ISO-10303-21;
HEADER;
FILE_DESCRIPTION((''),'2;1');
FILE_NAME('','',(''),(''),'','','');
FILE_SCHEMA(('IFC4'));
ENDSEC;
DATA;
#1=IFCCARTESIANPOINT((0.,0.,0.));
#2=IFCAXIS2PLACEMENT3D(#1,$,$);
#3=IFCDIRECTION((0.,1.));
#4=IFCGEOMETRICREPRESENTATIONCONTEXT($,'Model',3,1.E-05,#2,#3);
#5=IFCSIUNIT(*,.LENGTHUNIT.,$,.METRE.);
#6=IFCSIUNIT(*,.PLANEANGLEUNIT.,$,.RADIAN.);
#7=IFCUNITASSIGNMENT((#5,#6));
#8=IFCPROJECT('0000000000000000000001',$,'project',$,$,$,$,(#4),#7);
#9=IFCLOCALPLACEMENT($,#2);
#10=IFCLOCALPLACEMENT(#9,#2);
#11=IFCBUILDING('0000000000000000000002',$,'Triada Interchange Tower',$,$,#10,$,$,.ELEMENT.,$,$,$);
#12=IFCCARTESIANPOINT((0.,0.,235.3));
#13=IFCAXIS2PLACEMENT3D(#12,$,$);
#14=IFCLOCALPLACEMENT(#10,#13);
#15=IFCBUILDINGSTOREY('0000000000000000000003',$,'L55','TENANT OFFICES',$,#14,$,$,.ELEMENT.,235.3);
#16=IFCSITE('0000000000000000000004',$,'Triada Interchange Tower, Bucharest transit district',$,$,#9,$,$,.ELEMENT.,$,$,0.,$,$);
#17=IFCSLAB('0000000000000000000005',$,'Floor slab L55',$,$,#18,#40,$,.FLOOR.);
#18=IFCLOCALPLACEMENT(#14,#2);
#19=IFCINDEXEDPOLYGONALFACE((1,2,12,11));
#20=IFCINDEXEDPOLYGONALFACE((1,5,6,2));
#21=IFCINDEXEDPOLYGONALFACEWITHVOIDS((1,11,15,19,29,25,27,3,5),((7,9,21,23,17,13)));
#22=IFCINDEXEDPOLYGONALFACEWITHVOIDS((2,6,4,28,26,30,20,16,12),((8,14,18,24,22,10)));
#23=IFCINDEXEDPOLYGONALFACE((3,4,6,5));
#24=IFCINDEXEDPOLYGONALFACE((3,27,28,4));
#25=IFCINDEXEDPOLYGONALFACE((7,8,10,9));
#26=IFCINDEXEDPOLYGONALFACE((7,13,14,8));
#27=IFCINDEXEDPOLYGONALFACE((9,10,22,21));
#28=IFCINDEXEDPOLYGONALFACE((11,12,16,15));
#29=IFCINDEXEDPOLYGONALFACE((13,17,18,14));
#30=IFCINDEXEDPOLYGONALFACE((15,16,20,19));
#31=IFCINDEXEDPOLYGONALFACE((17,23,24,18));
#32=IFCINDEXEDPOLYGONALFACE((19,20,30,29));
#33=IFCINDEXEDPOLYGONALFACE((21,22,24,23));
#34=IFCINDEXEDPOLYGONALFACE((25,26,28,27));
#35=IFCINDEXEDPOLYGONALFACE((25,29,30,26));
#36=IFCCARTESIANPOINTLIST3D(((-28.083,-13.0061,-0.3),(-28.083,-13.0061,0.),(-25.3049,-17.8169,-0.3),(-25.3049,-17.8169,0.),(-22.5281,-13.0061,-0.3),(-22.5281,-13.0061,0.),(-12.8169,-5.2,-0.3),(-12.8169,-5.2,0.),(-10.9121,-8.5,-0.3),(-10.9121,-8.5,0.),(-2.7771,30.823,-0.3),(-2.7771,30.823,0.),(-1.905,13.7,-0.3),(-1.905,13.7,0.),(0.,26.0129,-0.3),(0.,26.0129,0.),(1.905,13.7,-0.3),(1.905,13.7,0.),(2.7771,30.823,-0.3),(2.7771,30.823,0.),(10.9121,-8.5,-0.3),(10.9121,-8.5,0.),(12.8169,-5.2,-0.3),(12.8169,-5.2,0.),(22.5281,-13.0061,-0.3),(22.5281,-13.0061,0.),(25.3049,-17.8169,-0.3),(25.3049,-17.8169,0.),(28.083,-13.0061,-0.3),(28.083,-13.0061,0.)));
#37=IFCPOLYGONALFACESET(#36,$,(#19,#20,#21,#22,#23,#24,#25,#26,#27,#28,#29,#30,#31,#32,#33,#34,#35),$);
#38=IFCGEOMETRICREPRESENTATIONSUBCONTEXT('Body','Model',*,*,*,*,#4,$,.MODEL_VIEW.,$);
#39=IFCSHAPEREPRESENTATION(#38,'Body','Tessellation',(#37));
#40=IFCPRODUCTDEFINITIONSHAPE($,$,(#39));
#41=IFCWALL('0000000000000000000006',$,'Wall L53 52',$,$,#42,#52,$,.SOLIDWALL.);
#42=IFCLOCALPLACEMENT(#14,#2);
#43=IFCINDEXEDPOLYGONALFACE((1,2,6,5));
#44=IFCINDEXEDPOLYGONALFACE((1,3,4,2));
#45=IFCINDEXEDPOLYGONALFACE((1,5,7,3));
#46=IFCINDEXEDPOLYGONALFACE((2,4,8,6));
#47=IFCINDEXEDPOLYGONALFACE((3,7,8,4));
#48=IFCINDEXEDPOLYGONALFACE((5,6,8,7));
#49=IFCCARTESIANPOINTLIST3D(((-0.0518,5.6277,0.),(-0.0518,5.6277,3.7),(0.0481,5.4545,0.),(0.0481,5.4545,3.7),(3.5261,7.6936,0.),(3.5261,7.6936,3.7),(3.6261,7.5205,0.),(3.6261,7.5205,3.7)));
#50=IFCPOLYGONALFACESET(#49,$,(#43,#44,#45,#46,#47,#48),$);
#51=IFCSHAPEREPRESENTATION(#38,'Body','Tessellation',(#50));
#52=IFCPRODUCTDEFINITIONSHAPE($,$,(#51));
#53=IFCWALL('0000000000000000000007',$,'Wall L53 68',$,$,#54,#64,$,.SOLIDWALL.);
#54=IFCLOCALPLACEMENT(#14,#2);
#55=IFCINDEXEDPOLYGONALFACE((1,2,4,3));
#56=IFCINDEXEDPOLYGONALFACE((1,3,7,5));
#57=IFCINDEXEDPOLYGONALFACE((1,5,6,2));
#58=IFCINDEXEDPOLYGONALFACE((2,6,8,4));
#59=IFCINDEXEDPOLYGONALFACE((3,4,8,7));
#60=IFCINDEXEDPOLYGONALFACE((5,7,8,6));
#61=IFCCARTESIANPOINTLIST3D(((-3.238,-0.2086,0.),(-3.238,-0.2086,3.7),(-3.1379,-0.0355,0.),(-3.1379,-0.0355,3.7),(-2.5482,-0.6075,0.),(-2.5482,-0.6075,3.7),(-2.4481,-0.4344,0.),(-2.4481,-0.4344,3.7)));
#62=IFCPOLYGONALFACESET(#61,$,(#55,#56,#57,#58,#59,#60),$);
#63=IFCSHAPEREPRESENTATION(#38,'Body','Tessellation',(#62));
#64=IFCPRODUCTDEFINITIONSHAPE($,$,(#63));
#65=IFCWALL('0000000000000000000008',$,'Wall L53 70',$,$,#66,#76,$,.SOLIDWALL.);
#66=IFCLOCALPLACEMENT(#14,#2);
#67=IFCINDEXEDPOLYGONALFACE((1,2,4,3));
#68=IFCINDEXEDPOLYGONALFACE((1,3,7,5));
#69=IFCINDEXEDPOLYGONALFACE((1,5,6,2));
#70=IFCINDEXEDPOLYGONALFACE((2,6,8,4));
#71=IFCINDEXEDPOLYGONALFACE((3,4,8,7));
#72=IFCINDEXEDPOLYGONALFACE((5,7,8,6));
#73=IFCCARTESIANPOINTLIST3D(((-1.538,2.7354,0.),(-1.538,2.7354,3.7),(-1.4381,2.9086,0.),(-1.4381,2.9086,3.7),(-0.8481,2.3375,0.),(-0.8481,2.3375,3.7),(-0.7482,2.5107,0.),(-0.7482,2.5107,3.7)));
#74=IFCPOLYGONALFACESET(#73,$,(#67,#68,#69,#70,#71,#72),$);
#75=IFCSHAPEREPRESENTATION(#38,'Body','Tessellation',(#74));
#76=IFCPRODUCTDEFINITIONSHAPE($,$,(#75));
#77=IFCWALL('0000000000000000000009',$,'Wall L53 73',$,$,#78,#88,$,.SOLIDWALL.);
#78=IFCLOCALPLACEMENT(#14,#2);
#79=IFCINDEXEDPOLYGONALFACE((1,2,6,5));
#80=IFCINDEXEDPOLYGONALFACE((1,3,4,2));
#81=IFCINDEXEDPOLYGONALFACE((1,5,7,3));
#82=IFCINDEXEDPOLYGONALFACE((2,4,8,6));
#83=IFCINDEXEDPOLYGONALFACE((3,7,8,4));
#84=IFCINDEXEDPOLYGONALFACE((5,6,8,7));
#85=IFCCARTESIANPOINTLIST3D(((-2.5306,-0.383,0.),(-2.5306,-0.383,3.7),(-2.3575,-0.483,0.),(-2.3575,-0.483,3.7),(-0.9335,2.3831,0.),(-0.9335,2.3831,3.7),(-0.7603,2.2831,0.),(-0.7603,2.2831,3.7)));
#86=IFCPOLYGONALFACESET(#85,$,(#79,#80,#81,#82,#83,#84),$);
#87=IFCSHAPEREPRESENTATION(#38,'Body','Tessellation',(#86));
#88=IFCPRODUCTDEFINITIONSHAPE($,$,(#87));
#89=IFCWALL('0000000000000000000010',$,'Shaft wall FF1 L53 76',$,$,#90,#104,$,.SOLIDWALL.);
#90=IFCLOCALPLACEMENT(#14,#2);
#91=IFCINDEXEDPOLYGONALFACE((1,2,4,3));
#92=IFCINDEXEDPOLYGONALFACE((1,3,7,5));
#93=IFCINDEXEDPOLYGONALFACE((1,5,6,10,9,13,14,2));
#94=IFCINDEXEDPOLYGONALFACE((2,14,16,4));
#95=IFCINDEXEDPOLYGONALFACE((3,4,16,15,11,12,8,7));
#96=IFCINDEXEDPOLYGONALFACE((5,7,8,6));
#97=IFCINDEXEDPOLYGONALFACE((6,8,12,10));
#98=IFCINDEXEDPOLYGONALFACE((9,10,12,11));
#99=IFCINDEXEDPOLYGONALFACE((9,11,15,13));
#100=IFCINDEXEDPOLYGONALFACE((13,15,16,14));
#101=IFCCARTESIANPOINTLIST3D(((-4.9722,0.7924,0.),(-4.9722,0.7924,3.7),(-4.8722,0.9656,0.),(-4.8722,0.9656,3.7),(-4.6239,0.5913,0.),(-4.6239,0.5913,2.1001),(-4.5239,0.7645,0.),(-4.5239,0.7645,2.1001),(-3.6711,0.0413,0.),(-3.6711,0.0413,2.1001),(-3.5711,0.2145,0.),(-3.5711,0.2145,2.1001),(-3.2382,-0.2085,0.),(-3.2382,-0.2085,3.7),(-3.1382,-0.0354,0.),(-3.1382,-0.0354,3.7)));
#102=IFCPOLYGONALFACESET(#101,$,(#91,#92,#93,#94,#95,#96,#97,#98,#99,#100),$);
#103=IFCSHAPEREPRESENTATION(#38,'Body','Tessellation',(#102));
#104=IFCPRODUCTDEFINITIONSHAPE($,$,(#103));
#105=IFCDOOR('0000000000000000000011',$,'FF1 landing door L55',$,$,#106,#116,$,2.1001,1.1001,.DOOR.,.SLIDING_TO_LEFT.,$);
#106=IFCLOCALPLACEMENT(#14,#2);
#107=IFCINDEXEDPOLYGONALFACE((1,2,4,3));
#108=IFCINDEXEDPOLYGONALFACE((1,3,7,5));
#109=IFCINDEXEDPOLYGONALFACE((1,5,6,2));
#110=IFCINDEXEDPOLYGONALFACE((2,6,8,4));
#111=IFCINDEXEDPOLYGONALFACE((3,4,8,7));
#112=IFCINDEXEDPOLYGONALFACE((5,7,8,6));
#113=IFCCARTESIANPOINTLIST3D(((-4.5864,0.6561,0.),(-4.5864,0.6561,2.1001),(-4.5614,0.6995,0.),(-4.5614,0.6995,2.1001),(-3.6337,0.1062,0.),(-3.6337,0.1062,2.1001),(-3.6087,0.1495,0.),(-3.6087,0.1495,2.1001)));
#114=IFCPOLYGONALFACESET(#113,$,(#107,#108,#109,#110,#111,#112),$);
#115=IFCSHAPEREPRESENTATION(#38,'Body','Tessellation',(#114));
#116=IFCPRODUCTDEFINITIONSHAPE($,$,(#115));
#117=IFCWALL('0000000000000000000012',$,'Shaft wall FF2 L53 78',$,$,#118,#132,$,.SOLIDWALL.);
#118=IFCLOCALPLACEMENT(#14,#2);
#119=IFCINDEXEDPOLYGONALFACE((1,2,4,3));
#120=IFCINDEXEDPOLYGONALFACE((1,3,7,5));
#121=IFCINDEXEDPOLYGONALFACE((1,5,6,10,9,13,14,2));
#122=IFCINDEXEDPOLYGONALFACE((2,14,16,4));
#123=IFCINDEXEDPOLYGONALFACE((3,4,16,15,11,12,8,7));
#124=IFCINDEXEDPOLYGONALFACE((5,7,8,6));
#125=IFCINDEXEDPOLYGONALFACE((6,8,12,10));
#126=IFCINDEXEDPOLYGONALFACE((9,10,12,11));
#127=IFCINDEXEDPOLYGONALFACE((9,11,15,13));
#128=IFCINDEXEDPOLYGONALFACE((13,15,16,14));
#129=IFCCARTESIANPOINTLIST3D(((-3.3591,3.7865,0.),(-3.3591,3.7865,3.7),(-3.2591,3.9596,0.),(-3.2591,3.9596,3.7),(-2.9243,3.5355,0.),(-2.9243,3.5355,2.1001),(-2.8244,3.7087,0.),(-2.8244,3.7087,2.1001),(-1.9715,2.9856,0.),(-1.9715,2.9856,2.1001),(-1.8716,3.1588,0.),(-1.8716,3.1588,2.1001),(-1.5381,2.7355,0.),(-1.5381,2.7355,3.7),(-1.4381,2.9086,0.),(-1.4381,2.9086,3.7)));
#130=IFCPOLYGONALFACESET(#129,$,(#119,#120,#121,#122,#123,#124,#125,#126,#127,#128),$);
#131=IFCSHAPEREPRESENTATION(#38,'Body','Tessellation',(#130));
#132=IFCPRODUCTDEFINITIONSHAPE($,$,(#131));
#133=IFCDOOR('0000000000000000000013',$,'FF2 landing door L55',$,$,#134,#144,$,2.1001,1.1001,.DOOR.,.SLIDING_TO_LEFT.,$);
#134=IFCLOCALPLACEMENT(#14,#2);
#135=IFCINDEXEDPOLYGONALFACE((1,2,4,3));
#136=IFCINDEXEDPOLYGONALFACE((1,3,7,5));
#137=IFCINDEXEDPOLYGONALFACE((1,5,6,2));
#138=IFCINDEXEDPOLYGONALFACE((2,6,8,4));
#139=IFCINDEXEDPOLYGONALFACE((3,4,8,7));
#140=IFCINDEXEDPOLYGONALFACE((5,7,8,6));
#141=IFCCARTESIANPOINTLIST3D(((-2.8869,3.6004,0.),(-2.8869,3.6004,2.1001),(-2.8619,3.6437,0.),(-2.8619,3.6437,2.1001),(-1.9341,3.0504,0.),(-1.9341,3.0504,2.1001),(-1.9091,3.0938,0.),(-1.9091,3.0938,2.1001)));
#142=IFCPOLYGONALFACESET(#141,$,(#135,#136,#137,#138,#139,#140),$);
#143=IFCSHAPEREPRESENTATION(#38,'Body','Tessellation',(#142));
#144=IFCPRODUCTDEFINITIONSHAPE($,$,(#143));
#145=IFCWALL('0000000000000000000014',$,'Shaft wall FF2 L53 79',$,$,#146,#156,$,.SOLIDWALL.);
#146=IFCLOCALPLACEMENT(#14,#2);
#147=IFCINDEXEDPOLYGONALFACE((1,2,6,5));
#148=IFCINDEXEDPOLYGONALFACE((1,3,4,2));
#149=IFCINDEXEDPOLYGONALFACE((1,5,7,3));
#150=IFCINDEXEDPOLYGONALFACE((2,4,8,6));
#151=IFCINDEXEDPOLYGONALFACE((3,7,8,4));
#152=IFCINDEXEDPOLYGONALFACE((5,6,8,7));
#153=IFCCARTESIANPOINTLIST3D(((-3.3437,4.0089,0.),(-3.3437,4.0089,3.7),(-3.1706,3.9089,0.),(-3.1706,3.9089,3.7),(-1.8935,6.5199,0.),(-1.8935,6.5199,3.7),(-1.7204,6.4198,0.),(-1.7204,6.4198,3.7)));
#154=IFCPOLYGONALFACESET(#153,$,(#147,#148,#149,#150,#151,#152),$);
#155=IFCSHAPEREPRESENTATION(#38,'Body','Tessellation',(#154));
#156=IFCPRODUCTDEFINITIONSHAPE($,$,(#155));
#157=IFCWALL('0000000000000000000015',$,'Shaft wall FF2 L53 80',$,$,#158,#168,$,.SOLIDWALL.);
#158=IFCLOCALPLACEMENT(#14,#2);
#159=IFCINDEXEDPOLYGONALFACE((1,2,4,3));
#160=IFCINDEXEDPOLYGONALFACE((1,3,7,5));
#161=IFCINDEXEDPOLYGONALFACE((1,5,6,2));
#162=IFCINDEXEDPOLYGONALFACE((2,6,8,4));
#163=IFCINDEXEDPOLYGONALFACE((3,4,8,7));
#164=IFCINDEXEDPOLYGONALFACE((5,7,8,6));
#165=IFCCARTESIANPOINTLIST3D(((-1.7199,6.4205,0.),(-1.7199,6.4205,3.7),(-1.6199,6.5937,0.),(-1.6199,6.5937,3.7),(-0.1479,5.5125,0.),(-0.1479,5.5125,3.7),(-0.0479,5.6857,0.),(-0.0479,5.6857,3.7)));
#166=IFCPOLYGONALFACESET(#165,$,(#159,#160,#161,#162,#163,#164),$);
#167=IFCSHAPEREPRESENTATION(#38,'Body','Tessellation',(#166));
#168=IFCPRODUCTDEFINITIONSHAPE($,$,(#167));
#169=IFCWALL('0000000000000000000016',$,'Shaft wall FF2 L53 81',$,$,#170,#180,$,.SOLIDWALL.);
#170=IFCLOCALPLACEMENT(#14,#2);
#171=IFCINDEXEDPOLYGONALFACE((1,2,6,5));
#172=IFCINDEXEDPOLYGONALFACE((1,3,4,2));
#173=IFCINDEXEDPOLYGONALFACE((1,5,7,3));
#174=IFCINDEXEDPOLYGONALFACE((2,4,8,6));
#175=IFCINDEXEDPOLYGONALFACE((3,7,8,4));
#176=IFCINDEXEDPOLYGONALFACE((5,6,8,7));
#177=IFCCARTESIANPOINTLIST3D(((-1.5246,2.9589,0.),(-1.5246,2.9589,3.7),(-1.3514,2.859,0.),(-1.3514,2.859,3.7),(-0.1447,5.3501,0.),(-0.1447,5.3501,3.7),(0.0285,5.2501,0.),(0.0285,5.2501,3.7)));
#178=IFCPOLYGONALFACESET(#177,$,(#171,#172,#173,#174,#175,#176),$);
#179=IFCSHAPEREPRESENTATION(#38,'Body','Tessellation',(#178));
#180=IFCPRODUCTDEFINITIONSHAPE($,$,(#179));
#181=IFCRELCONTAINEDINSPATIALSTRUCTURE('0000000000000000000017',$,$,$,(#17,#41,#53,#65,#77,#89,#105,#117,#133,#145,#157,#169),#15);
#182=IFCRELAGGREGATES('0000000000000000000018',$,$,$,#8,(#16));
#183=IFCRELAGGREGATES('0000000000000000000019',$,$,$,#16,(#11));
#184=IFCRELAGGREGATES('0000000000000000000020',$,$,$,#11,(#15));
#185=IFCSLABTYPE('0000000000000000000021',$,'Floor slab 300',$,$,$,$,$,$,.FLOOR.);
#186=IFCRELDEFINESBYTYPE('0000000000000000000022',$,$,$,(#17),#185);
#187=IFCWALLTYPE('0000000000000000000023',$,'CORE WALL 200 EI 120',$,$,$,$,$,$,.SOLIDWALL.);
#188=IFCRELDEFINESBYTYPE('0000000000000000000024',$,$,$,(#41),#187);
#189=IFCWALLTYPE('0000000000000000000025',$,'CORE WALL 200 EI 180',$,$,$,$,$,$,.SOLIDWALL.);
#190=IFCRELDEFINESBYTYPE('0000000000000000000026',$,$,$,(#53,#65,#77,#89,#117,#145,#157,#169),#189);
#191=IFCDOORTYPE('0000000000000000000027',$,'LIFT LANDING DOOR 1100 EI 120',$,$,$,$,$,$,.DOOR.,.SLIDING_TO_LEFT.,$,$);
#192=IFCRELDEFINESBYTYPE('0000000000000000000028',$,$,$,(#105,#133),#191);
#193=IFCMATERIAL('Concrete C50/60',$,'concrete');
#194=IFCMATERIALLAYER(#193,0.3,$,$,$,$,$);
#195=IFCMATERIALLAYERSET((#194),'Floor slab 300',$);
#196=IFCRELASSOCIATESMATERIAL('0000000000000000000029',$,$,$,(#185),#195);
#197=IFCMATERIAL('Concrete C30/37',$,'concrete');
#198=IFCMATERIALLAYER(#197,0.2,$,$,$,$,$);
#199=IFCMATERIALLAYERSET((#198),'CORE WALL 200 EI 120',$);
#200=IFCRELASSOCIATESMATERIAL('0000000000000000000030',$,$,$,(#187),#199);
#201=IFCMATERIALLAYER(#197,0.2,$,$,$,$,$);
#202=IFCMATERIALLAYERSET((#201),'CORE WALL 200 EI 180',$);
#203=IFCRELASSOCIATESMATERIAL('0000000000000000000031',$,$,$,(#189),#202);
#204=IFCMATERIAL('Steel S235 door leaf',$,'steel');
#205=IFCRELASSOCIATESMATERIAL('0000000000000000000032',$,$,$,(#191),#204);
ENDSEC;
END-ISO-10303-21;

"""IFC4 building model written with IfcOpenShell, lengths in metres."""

from ifc_helpers import new_model, si_unit, direction, frame, frame_2d, origin, place, context, subcontext, project, spatial, polyline, rectangle, outline, extrude, material, layer, layer_set, type_object, element, fill, save


model = new_model("IFC4")

# Units and contexts
model_context = context("Model", 3, precision=1e-05, world=origin(), true_north=direction((0.0, 1.0)))
body_context = subcontext(model_context, "Body", "Model", "MODEL_VIEW")
ifc_project = project(units=[si_unit("LENGTHUNIT", "METRE"), si_unit("PLANEANGLEUNIT", "RADIAN")], contexts=[model_context])

# Site, building, storey
site_placement = place(None, origin())
site = spatial("IfcSite", under=ifc_project, at=site_placement, Name="Triada Interchange Tower, Bucharest transit district", CompositionType="ELEMENT", RefElevation=0.0)
building_placement = place(site_placement, origin())
building = spatial("IfcBuilding", under=site, at=building_placement, Name="Triada Interchange Tower", CompositionType="ELEMENT")
storey_placement = place(building_placement, frame((0.0, 0.0, 235.3)))
storey = spatial("IfcBuildingStorey", under=building, at=storey_placement, Name="L55", Description="TENANT OFFICES", CompositionType="ELEMENT", Elevation=235.3)

# Slab
ifc_material_1 = material(Name="Concrete C50/60", Category="concrete")
ifc_layer_1 = layer(ifc_material_1, 0.3)
ifc_layer_set_1 = layer_set([ifc_layer_1], Name="Floor slab 300")
slab_type = type_object("IfcSlabType", Name="Floor slab 300", PredefinedType="FLOOR", material=ifc_layer_set_1)
slab_placement = place(storey_placement, frame((0.0, 0.0, -0.3)))
element("IfcSlab", 1, at=slab_placement, inside=storey, type_object=slab_type, Name="Floor slab L55", PredefinedType="FLOOR", context=body_context, shape_type="SweptSolid", body=[
    extrude(outline(polyline([(-2.7771, 30.823), (-28.083, -13.0061), (-22.5281, -13.0061), (-25.3049, -17.8169), (25.3049, -17.8169), (22.5281, -13.0061), (28.083, -13.0061), (2.7771, 30.823), (0.0, 26.0129), (-2.7771, 30.823)]), holes=[polyline([(1.905, 13.7), (-1.905, 13.7), (-12.8169, -5.2), (-10.9121, -8.5), (10.9121, -8.5), (12.8169, -5.2), (1.905, 13.7)])]), origin(), (0.0, 0.0, 1.0), 0.3),
])

# Walls
ifc_material_2 = material(Name="Concrete C30/37", Category="concrete")
ifc_layer_2 = layer(ifc_material_2, 0.2)
ifc_layer_set_2 = layer_set([ifc_layer_2], Name="CORE WALL 200 EI 120")
wall_type_1 = type_object("IfcWallType", Name="CORE WALL 200 EI 120", PredefinedType="SOLIDWALL", material=ifc_layer_set_2)
wall_1_placement = place(storey_placement, frame((-0.002, 5.541, 0.0), z_axis=(0.0, 0.0, 1.0), x_axis=(0.866002, 0.500041, 0.0)))
element("IfcWall", 2, at=wall_1_placement, inside=storey, type_object=wall_type_1, Name="Wall L53 52", PredefinedType="SOLIDWALL", context=body_context, shape_type="SweptSolid", body=[
    extrude(rectangle(XDim=4.1316, YDim=0.2, at=frame_2d((2.0659, 0.0))), origin(), (0.0, 0.0, 1.0), 3.7),
])
ifc_layer_3 = layer(ifc_material_2, 0.2)
ifc_layer_set_3 = layer_set([ifc_layer_3], Name="CORE WALL 200 EI 180")
wall_type_2 = type_object("IfcWallType", Name="CORE WALL 200 EI 180", PredefinedType="SOLIDWALL", material=ifc_layer_set_3)
wall_2_placement = place(storey_placement, frame((-3.188, -0.1221, 0.0), z_axis=(0.0, 0.0, 1.0), x_axis=(0.865706, -0.500553, 0.0)))
element("IfcWall", 3, at=wall_2_placement, inside=storey, type_object=wall_type_2, Name="Wall L53 68", PredefinedType="SOLIDWALL", context=body_context, shape_type="SweptSolid", body=[
    extrude(rectangle(XDim=0.7969, YDim=0.2, at=frame_2d((0.3984, 0.0))), origin(), (0.0, 0.0, 1.0), 3.7),
])
wall_3_placement = place(storey_placement, frame((-1.488, 2.822, 0.0), z_axis=(0.0, 0.0, 1.0), x_axis=(0.866237, -0.499634, 0.0)))
element("IfcWall", 4, at=wall_3_placement, inside=storey, type_object=wall_type_2, Name="Wall L53 70", PredefinedType="SOLIDWALL", context=body_context, shape_type="SweptSolid", body=[
    extrude(rectangle(XDim=0.7964, YDim=0.2, at=frame_2d((0.3982, 0.0))), origin(), (0.0, 0.0, 1.0), 3.7),
])
wall_4_placement = place(storey_placement, frame((-2.4441, -0.4331, 0.0), z_axis=(0.0, 0.0, 1.0), x_axis=(0.500036, 0.866005, 0.0)))
element("IfcWall", 5, at=wall_4_placement, inside=storey, type_object=wall_type_2, Name="Wall L53 73", PredefinedType="SOLIDWALL", context=body_context, shape_type="SweptSolid", body=[
    extrude(rectangle(XDim=3.1941, YDim=0.2, at=frame_2d((1.5972, 0.0))), origin(), (0.0, 0.0, 1.0), 3.7),
])

# Walls, openings, doors
wall_5_placement = place(storey_placement, frame((-4.9221, 0.8789, 0.0), z_axis=(0.0, 0.0, 1.0), x_axis=(0.866074, -0.499916, 0.0)))
wall_5 = element("IfcWall", 6, at=wall_5_placement, inside=storey, type_object=wall_type_2, Name="Shaft wall FF1 L53 76", PredefinedType="SOLIDWALL", context=body_context, shape_type="SweptSolid", body=[
    extrude(rectangle(XDim=2.0022, YDim=0.2, at=frame_2d((1.001, 0.0))), origin(), (0.0, 0.0, 1.0), 3.7),
])
opening_1_placement = place(wall_5_placement, frame((0.4021, 0.0, 0.0)))
opening_1 = element("IfcOpeningElement", 7, at=opening_1_placement, cuts=wall_5, PredefinedType="OPENING", context=body_context, shape_type="SweptSolid", body=[
    extrude(rectangle(XDim=1.1001, YDim=2.1001, at=frame_2d((0.55, 1.05))), frame((0.0, 0.1099, 0.0), z_axis=(0.0, -1.0, 0.0), x_axis=(1.0, 0.0, 0.0)), (0.0, 0.0, 1.0), 0.22),
])
ifc_material_3 = material(Name="Steel S235 door leaf", Category="steel")
door_type = type_object("IfcDoorType", Name="LIFT LANDING DOOR 1100 EI 120", OperationType="SLIDING_TO_LEFT", PredefinedType="DOOR", material=ifc_material_3)
door_1_placement = place(opening_1_placement, origin())
door_1 = element("IfcDoor", 8, at=door_1_placement, inside=storey, type_object=door_type, Name="FF1 landing door L55", OperationType="SLIDING_TO_LEFT", OverallHeight=2.1001, OverallWidth=1.1001, PredefinedType="DOOR", context=body_context, shape_type="SweptSolid", body=[
    extrude(rectangle(XDim=1.1001, YDim=2.1001, at=frame_2d((0.55, 1.05))), frame((0.0, 0.0249, 0.0), z_axis=(0.0, -1.0, 0.0), x_axis=(1.0, 0.0, 0.0)), (0.0, 0.0, 1.0), 0.05),
])
fill(opening_1, door_1)
wall_6_placement = place(storey_placement, frame((-3.3091, 3.873, 0.0), z_axis=(0.0, 0.0, 1.0), x_axis=(0.866099, -0.499873, 0.0)))
wall_6 = element("IfcWall", 9, at=wall_6_placement, inside=storey, type_object=wall_type_2, Name="Shaft wall FF2 L53 78", PredefinedType="SOLIDWALL", context=body_context, shape_type="SweptSolid", body=[
    extrude(rectangle(XDim=2.1025, YDim=0.2, at=frame_2d((1.0513, 0.0))), origin(), (0.0, 0.0, 1.0), 3.7),
])
opening_2_placement = place(wall_6_placement, frame((0.502, 0.0, 0.0)))
opening_2 = element("IfcOpeningElement", 10, at=opening_2_placement, cuts=wall_6, PredefinedType="OPENING", context=body_context, shape_type="SweptSolid", body=[
    extrude(rectangle(XDim=1.1001, YDim=2.1001, at=frame_2d((0.55, 1.05))), frame((0.0, 0.1099, 0.0), z_axis=(0.0, -1.0, 0.0), x_axis=(1.0, 0.0, 0.0)), (0.0, 0.0, 1.0), 0.22),
])
door_2_placement = place(opening_2_placement, origin())
door_2 = element("IfcDoor", 11, at=door_2_placement, inside=storey, type_object=door_type, Name="FF2 landing door L55", OperationType="SLIDING_TO_LEFT", OverallHeight=2.1001, OverallWidth=1.1001, PredefinedType="DOOR", context=body_context, shape_type="SweptSolid", body=[
    extrude(rectangle(XDim=1.1001, YDim=2.1001, at=frame_2d((0.55, 1.05))), frame((0.0, 0.0249, 0.0), z_axis=(0.0, -1.0, 0.0), x_axis=(1.0, 0.0, 0.0)), (0.0, 0.0, 1.0), 0.05),
])
fill(opening_2, door_2)

# Walls
wall_7_placement = place(storey_placement, frame((-3.2571, 3.959, 0.0), z_axis=(0.0, 0.0, 1.0), x_axis=(0.500123, 0.865954, 0.0)))
element("IfcWall", 12, at=wall_7_placement, inside=storey, type_object=wall_type_2, Name="Shaft wall FF2 L53 79", PredefinedType="SOLIDWALL", context=body_context, shape_type="SweptSolid", body=[
    extrude(rectangle(XDim=2.8997, YDim=0.2, at=frame_2d((1.4497, 0.0))), origin(), (0.0, 0.0, 1.0), 3.7),
])
wall_8_placement = place(storey_placement, frame((-1.6699, 6.5071, 0.0), z_axis=(0.0, 0.0, 1.0), x_axis=(0.865941, -0.500145, 0.0)))
element("IfcWall", 13, at=wall_8_placement, inside=storey, type_object=wall_type_2, Name="Shaft wall FF2 L53 80", PredefinedType="SOLIDWALL", context=body_context, shape_type="SweptSolid", body=[
    extrude(rectangle(XDim=1.8154, YDim=0.2, at=frame_2d((0.9077, 0.0))), origin(), (0.0, 0.0, 1.0), 3.7),
])
wall_9_placement = place(storey_placement, frame((-1.438, 2.9089, 0.0), z_axis=(0.0, 0.0, 1.0), x_axis=(0.49983, 0.866124, 0.0)))
element("IfcWall", 14, at=wall_9_placement, inside=storey, type_object=wall_type_2, Name="Shaft wall FF2 L53 81", PredefinedType="SOLIDWALL", context=body_context, shape_type="SweptSolid", body=[
    extrude(rectangle(XDim=2.7607, YDim=0.2, at=frame_2d((1.3804, 0.0))), origin(), (0.0, 0.0, 1.0), 3.7),
])

save(model, "model.ifc")
